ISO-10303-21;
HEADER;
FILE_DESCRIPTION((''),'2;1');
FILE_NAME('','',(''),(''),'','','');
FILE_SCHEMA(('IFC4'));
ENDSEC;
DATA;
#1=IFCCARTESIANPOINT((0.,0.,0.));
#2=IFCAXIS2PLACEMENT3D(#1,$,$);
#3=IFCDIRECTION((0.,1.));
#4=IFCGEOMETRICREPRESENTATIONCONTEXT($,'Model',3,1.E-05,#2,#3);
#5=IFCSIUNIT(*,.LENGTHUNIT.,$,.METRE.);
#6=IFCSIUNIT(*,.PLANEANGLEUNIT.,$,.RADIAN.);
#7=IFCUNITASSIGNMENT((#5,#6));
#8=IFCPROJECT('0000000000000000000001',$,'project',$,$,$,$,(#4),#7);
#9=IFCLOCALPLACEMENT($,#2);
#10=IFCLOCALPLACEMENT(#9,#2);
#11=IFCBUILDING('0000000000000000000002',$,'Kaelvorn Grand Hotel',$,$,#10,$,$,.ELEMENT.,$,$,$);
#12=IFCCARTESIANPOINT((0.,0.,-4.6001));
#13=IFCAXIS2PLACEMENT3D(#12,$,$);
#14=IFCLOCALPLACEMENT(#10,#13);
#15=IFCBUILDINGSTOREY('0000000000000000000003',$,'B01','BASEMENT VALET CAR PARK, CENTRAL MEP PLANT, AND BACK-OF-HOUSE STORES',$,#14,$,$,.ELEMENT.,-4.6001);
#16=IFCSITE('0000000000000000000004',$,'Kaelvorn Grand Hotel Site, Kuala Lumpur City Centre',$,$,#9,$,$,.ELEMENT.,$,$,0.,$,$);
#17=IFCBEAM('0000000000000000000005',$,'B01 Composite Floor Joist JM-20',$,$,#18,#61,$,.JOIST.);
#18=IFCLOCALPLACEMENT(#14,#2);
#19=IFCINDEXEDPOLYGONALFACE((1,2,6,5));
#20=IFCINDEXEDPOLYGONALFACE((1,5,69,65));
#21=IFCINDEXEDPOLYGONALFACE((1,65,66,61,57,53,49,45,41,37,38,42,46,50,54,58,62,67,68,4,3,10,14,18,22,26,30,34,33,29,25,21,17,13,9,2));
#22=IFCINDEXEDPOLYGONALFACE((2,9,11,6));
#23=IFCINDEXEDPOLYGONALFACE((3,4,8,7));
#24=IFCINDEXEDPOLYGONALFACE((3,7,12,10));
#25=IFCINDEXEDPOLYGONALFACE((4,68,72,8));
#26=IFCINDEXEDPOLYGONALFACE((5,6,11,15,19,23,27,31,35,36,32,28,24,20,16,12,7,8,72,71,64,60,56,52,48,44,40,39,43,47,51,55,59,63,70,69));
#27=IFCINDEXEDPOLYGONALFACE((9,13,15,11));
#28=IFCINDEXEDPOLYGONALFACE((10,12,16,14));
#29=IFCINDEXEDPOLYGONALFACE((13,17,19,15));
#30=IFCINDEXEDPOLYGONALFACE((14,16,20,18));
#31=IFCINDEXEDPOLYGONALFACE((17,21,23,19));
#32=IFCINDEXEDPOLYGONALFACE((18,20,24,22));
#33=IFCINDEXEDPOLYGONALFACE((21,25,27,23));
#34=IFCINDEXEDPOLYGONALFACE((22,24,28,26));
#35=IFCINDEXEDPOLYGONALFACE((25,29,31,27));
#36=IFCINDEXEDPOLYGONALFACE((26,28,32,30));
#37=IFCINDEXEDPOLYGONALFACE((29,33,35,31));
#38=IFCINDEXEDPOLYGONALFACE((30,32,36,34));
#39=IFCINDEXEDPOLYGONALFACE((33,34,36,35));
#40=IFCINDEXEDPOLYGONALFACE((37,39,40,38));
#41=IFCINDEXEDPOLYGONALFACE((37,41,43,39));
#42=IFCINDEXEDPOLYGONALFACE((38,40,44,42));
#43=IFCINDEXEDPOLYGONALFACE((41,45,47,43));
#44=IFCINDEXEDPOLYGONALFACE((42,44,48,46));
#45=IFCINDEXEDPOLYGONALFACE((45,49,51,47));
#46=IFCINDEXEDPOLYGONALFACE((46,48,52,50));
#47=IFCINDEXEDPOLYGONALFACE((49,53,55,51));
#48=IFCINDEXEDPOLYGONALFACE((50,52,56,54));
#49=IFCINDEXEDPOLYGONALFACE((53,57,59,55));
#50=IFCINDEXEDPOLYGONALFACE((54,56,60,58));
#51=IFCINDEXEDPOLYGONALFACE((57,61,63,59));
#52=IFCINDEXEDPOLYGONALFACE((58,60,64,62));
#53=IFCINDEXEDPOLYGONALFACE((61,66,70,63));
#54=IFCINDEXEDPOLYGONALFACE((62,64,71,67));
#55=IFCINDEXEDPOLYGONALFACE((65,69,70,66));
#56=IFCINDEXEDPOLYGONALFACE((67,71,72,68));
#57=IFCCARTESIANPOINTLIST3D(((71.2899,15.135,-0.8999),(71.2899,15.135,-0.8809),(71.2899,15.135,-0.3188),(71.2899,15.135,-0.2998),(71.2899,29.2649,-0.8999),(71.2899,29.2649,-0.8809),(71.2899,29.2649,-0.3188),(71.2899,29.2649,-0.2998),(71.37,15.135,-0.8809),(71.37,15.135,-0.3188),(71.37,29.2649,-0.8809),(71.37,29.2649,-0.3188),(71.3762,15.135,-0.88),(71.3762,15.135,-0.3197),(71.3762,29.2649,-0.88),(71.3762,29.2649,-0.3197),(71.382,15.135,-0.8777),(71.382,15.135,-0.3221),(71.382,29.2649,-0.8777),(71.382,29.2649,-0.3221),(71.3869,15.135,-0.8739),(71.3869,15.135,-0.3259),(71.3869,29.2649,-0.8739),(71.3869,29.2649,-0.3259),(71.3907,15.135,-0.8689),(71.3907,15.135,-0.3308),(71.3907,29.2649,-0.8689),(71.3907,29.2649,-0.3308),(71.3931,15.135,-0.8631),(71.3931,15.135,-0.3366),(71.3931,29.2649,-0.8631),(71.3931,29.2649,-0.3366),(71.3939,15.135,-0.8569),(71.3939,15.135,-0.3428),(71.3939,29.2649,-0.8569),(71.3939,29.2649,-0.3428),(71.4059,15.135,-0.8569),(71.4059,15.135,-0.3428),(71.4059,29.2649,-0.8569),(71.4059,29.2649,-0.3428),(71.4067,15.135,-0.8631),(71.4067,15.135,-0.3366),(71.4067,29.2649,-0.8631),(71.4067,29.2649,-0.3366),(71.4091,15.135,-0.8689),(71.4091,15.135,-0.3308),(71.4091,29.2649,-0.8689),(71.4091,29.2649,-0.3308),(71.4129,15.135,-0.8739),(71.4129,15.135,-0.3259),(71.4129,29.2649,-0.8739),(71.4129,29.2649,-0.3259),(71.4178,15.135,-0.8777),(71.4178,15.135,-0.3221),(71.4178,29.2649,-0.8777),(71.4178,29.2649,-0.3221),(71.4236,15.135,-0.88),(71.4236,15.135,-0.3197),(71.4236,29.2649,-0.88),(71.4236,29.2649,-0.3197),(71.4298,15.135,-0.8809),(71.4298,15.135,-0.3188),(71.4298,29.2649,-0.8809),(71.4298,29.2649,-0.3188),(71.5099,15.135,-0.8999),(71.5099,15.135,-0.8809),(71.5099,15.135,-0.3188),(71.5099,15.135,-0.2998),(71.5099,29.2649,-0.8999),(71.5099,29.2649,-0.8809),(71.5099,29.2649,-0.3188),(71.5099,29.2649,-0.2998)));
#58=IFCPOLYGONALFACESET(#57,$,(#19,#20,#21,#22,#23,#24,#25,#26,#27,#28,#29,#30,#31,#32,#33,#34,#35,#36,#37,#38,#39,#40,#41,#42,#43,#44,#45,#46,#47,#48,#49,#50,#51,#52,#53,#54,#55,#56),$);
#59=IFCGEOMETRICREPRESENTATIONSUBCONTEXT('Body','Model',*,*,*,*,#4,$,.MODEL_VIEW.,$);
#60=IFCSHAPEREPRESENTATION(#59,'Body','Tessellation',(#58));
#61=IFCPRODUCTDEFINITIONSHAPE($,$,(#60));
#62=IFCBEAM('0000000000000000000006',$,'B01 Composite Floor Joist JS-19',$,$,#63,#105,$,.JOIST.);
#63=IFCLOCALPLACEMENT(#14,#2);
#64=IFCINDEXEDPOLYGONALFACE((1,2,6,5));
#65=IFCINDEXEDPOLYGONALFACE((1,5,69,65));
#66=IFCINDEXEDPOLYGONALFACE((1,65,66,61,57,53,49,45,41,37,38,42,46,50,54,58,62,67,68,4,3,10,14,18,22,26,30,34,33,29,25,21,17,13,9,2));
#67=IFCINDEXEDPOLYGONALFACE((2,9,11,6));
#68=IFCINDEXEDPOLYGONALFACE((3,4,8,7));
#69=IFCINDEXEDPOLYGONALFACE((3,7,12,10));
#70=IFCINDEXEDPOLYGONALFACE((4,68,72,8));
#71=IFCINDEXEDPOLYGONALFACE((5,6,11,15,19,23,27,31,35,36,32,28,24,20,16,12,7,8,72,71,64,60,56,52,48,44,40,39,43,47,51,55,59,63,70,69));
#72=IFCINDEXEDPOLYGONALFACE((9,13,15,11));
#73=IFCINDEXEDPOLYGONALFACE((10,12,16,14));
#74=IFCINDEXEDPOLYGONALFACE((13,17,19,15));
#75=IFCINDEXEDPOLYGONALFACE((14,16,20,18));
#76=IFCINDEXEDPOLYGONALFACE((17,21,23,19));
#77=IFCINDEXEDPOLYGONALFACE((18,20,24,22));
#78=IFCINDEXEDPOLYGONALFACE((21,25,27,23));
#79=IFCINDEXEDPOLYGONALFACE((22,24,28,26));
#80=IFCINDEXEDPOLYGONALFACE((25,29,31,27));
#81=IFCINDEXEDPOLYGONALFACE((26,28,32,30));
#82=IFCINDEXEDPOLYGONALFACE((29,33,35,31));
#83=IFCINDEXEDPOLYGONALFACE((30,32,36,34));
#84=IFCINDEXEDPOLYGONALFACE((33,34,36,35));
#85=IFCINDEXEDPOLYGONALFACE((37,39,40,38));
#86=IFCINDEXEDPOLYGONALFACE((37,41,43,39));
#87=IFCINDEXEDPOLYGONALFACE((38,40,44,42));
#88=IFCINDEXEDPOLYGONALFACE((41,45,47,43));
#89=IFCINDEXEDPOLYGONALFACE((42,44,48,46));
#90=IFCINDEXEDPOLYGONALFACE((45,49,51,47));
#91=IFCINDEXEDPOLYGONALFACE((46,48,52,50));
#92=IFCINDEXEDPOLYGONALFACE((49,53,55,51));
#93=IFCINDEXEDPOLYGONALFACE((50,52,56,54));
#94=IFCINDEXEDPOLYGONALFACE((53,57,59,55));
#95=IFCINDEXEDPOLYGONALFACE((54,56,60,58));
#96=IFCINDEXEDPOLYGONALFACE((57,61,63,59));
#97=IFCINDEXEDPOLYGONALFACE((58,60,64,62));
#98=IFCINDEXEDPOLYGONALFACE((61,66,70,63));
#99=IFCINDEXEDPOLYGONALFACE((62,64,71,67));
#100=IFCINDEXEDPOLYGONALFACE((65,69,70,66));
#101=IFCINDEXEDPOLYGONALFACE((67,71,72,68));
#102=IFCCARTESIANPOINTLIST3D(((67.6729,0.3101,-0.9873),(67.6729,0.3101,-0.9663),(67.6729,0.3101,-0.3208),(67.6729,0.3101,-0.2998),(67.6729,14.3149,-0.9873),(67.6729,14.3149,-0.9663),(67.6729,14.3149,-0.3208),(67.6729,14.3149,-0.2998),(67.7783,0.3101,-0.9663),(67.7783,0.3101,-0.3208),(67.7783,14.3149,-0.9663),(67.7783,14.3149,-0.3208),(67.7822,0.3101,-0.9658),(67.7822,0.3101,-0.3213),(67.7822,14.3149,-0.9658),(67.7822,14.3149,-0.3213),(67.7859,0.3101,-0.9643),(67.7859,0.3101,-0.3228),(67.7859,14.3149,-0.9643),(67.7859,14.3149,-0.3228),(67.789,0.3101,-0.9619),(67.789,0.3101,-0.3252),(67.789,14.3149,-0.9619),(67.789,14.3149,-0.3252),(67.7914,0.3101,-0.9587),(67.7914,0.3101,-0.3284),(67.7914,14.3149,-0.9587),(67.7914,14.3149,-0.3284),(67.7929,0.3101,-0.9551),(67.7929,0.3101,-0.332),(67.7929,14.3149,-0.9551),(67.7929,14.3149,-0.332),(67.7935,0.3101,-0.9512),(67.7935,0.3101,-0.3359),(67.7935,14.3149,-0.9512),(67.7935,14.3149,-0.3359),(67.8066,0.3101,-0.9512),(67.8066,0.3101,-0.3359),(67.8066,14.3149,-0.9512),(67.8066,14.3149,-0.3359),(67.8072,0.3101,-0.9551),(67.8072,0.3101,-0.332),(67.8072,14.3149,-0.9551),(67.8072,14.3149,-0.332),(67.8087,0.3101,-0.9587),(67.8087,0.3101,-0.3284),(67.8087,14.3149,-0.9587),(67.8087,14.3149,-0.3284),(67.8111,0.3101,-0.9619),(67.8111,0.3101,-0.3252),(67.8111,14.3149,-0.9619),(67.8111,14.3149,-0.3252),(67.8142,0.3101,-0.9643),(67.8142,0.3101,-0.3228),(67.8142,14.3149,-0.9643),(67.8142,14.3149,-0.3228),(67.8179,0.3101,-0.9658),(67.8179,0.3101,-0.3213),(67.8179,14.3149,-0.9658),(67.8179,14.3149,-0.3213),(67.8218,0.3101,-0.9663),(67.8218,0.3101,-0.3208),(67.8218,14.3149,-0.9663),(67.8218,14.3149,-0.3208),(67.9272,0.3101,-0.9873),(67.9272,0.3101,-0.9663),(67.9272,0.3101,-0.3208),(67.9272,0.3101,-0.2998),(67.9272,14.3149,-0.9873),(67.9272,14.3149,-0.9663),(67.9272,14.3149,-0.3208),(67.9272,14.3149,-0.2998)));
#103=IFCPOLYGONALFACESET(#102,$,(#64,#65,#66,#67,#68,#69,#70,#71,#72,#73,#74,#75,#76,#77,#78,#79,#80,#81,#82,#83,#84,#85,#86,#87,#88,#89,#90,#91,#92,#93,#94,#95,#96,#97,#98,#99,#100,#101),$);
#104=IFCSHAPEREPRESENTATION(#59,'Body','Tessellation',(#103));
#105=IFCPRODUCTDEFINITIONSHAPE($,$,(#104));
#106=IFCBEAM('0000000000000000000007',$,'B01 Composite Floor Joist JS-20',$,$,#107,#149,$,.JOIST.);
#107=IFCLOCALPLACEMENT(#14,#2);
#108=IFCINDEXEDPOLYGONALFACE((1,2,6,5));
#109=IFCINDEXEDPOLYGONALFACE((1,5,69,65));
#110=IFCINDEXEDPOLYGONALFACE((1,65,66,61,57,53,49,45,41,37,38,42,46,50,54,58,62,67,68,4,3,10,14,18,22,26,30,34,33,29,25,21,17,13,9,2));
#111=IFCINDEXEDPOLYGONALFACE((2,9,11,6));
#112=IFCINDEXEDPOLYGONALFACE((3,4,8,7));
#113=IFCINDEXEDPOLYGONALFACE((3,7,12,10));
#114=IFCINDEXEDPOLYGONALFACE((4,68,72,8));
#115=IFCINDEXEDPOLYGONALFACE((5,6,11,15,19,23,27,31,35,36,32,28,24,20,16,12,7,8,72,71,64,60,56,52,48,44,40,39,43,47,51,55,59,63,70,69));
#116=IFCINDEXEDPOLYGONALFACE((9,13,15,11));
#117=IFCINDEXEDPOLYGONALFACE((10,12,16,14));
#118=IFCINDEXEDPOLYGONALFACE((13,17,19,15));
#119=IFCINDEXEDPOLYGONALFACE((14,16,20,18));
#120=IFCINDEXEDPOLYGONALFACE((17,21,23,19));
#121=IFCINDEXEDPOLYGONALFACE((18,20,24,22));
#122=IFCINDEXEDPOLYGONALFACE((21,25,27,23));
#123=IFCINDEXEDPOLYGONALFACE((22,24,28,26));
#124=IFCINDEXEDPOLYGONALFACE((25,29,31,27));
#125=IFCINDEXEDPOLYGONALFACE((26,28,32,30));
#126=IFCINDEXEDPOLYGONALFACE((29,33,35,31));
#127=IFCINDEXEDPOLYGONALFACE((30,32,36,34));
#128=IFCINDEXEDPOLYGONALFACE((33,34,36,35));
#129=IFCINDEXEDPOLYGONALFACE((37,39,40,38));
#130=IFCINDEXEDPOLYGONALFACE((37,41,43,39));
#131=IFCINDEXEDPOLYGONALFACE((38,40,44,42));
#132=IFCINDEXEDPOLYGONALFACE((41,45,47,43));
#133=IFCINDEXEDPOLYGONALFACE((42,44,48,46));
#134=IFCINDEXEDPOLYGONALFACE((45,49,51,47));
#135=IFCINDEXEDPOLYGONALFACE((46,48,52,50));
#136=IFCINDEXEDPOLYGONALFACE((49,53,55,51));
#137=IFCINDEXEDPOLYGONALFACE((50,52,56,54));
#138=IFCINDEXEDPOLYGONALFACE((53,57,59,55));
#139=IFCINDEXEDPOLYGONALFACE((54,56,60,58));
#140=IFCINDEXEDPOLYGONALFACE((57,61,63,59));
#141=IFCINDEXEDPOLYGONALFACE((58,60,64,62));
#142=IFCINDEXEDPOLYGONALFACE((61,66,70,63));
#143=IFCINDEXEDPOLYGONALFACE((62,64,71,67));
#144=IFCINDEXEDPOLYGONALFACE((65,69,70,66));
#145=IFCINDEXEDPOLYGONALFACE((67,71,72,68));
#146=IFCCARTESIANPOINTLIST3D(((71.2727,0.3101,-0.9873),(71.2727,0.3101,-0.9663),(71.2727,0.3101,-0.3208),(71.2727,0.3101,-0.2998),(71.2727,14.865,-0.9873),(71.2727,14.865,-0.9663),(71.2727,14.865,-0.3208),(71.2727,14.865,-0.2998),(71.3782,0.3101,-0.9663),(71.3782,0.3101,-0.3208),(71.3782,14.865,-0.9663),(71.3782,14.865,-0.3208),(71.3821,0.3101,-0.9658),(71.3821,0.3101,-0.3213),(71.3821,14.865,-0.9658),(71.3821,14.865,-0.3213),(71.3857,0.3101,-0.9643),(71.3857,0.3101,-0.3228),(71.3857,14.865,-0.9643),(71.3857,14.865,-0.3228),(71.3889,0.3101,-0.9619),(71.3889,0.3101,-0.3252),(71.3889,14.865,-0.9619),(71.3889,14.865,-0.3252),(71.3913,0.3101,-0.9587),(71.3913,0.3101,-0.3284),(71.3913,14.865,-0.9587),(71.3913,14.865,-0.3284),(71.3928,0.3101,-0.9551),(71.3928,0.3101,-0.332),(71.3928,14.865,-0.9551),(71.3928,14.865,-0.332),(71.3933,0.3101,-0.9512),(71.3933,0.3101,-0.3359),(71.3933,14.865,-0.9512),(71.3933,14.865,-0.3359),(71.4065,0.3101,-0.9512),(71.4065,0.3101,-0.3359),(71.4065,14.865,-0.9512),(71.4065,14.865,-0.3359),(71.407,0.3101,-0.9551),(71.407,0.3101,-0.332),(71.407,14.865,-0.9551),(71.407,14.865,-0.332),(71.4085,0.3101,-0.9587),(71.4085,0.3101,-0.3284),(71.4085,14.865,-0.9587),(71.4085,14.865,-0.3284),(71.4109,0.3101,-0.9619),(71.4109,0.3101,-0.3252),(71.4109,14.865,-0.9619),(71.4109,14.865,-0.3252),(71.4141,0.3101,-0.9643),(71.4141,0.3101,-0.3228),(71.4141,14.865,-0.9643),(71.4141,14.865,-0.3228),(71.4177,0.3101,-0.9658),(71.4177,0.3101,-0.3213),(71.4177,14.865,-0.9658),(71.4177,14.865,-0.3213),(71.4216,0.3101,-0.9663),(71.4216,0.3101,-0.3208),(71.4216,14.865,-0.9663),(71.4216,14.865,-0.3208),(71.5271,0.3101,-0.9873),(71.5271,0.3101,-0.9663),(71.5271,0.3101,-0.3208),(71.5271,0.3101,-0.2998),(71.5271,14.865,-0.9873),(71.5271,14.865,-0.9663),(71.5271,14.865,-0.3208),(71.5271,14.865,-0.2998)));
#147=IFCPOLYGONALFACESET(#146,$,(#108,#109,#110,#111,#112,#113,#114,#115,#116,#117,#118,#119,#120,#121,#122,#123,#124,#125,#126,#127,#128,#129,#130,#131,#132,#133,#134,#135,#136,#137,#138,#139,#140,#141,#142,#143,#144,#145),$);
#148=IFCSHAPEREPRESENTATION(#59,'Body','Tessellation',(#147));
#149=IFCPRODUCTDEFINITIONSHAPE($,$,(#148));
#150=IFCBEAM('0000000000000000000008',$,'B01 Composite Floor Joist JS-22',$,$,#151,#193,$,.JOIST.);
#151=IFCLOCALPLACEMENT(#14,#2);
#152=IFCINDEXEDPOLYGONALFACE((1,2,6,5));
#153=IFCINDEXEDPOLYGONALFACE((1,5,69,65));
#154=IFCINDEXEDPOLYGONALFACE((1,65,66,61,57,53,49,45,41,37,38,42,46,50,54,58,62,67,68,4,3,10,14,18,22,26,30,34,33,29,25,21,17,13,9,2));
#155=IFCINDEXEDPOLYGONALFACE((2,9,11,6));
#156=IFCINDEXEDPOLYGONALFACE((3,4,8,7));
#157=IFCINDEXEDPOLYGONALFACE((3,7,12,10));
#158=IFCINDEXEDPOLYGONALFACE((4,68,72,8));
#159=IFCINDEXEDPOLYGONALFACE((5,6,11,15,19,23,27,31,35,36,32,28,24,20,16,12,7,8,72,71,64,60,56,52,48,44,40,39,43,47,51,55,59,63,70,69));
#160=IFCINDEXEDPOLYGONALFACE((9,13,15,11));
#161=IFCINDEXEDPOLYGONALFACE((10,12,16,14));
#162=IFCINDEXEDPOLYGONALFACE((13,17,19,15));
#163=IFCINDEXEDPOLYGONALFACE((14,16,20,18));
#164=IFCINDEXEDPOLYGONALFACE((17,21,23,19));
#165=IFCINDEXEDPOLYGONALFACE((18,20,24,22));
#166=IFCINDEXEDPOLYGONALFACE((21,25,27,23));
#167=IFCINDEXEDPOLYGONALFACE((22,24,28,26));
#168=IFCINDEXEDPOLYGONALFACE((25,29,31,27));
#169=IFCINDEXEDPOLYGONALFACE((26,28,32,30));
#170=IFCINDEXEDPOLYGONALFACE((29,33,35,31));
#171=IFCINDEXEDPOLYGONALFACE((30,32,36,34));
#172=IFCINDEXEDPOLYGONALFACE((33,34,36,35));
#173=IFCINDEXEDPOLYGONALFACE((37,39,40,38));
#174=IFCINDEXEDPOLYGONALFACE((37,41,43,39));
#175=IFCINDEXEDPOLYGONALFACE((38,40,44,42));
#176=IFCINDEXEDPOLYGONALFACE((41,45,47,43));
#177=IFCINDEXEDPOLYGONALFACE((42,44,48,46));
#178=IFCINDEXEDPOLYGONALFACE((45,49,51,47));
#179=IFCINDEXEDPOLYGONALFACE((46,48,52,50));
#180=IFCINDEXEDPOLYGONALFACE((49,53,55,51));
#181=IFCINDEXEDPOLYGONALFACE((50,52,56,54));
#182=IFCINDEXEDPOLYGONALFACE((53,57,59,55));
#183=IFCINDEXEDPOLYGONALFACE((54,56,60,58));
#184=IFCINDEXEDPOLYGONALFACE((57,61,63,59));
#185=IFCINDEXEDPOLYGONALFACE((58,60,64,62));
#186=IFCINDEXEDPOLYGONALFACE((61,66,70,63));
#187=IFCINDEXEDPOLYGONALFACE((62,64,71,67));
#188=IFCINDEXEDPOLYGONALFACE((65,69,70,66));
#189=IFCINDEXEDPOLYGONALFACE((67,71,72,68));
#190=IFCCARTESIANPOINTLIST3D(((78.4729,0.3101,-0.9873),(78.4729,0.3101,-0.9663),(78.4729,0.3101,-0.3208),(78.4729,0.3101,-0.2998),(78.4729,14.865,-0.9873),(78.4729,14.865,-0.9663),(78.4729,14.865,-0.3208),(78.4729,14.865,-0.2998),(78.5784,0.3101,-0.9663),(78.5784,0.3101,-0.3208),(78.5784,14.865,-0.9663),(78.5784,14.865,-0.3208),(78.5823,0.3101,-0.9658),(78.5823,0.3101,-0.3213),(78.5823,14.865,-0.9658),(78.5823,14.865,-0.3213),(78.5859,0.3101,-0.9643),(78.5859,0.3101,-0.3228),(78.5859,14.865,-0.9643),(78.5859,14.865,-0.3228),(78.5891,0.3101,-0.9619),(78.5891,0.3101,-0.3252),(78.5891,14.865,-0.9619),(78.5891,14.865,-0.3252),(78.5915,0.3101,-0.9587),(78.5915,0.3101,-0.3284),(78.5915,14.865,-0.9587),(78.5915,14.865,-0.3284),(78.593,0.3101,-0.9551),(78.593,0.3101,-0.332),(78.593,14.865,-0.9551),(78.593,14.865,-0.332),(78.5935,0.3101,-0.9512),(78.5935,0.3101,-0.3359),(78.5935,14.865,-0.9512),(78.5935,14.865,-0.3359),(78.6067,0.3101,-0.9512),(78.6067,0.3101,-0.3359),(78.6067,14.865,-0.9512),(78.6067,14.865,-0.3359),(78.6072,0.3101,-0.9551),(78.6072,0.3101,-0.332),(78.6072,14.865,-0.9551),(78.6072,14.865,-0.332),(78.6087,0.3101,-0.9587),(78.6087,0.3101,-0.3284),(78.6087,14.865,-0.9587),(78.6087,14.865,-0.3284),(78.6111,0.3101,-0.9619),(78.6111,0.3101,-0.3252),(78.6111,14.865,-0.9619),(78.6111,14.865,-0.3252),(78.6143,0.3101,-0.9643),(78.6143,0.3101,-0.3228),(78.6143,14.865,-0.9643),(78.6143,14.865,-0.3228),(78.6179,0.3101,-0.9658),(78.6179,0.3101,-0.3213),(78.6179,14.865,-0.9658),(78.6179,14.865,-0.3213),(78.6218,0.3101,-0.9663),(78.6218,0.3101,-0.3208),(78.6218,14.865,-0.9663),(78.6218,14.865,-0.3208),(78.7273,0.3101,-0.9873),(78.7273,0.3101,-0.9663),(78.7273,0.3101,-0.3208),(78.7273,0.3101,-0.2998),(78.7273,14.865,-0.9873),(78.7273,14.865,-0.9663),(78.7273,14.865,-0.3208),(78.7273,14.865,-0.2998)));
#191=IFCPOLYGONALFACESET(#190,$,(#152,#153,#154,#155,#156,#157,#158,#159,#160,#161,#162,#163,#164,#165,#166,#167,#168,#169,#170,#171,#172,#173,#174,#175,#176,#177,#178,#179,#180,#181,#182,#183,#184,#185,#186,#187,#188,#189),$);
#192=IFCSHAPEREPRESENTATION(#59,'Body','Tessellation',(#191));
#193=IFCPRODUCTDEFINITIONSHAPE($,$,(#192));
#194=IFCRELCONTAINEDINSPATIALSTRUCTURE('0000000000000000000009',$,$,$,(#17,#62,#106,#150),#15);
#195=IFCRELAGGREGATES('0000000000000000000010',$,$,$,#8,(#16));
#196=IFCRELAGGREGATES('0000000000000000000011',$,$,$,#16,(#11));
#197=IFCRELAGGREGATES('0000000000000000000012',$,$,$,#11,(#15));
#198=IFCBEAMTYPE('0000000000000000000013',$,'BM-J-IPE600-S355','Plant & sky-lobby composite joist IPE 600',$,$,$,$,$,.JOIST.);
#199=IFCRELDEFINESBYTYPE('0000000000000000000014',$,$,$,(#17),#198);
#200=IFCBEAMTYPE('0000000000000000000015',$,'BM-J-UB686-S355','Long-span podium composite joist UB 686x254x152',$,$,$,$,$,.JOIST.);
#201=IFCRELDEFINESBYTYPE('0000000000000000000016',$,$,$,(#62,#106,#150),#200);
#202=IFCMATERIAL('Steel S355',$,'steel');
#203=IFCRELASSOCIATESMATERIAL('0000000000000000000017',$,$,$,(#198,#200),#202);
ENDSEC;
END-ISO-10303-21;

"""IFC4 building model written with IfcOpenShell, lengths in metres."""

from ifc_helpers import new_model, si_unit, direction, frame, origin, origin_2d, place, context, subcontext, project, spatial, i_section, extrude, material, material_profile, profile_set, type_object, element, save


model = new_model("IFC4")

# Units and contexts
model_context = context("Model", 3, precision=1e-05, world=origin(), true_north=direction((0.0, 1.0)))
body_context = subcontext(model_context, "Body", "Model", "MODEL_VIEW")
ifc_project = project(units=[si_unit("LENGTHUNIT", "METRE"), si_unit("PLANEANGLEUNIT", "RADIAN")], contexts=[model_context])

# Site, building, storey
site_placement = place(None, origin())
site = spatial("IfcSite", under=ifc_project, at=site_placement, Name="Kaelvorn Grand Hotel Site, Kuala Lumpur City Centre", CompositionType="ELEMENT", RefElevation=0.0)
building_placement = place(site_placement, origin())
building = spatial("IfcBuilding", under=site, at=building_placement, Name="Kaelvorn Grand Hotel", CompositionType="ELEMENT")
storey_placement = place(building_placement, frame((0.0, 0.0, -4.6001)))
storey = spatial("IfcBuildingStorey", under=building, at=storey_placement, Name="B01", Description="BASEMENT VALET CAR PARK, CENTRAL MEP PLANT, AND BACK-OF-HOUSE STORES", CompositionType="ELEMENT", Elevation=-4.6001)

# Beams
ifc_material_1 = material(Name="Steel S355", Category="steel")
ifc_material_profile_1 = material_profile(ifc_material_1, i_section(OverallWidth=0.22, OverallDepth=0.6001, WebThickness=0.012, FlangeThickness=0.019, FilletRadius=0.0239, at=origin_2d()), Name="IPE 600")
ifc_profile_set_1 = profile_set([ifc_material_profile_1], Name="Steel S355")
beam_type_1 = type_object("IfcBeamType", Name="BM-J-IPE600-S355", Description="Plant & sky-lobby composite joist IPE 600", PredefinedType="JOIST", material=ifc_profile_set_1)
beam_1_placement = place(storey_placement, frame((71.3999, 15.135, -0.5999), z_axis=(0.0, 1.0, 0.0), x_axis=(-1.0, 0.0, 0.0)))
element("IfcBeam", 1, at=beam_1_placement, inside=storey, type_object=beam_type_1, Name="B01 Composite Floor Joist JM-20", PredefinedType="JOIST", context=body_context, shape_type="SweptSolid", body=[
    extrude(i_section(OverallWidth=0.22, OverallDepth=0.6001, WebThickness=0.012, FlangeThickness=0.019, FilletRadius=0.0239, at=origin_2d()), origin(), (0.0, 0.0, 1.0), 14.1299),
])
ifc_material_profile_2 = material_profile(ifc_material_1, i_section(OverallWidth=0.2544, OverallDepth=0.6875, WebThickness=0.0132, FlangeThickness=0.021, FilletRadius=0.0151, at=origin_2d()), Name="UB 686x254x152")
ifc_profile_set_2 = profile_set([ifc_material_profile_2], Name="Steel S355")
beam_type_2 = type_object("IfcBeamType", Name="BM-J-UB686-S355", Description="Long-span podium composite joist UB 686x254x152", PredefinedType="JOIST", material=ifc_profile_set_2)
beam_2_placement = place(storey_placement, frame((67.8, 0.3101, -0.6436), z_axis=(0.0, 1.0, 0.0), x_axis=(-1.0, 0.0, 0.0)))
element("IfcBeam", 2, at=beam_2_placement, inside=storey, type_object=beam_type_2, Name="B01 Composite Floor Joist JS-19", PredefinedType="JOIST", context=body_context, shape_type="SweptSolid", body=[
    extrude(i_section(OverallWidth=0.2544, OverallDepth=0.6875, WebThickness=0.0132, FlangeThickness=0.021, FilletRadius=0.0151, at=origin_2d()), origin(), (0.0, 0.0, 1.0), 14.0049),
])
for number, where, z_axis, x_axis, name in (
    (3, (71.3999, 0.3101, -0.6436), (0.0, 1.0, 0.0), (-1.0, 0.0, 0.0), "B01 Composite Floor Joist JS-20"),
    (4, (78.6001, 0.3101, -0.6436), (0.0, 1.0, 0.0), (-1.0, 0.0, 0.0), "B01 Composite Floor Joist JS-22"),
):
    element("IfcBeam", number, at=place(storey_placement, frame(where, z_axis=z_axis, x_axis=x_axis)), inside=storey, type_object=beam_type_2, Name=name, PredefinedType="JOIST", context=body_context, shape_type="SweptSolid", body=[
        extrude(i_section(OverallWidth=0.2544, OverallDepth=0.6875, WebThickness=0.0132, FlangeThickness=0.021, FilletRadius=0.0151, at=origin_2d()), origin(), (0.0, 0.0, 1.0), 14.5549),
    ])

save(model, "model.ifc")
